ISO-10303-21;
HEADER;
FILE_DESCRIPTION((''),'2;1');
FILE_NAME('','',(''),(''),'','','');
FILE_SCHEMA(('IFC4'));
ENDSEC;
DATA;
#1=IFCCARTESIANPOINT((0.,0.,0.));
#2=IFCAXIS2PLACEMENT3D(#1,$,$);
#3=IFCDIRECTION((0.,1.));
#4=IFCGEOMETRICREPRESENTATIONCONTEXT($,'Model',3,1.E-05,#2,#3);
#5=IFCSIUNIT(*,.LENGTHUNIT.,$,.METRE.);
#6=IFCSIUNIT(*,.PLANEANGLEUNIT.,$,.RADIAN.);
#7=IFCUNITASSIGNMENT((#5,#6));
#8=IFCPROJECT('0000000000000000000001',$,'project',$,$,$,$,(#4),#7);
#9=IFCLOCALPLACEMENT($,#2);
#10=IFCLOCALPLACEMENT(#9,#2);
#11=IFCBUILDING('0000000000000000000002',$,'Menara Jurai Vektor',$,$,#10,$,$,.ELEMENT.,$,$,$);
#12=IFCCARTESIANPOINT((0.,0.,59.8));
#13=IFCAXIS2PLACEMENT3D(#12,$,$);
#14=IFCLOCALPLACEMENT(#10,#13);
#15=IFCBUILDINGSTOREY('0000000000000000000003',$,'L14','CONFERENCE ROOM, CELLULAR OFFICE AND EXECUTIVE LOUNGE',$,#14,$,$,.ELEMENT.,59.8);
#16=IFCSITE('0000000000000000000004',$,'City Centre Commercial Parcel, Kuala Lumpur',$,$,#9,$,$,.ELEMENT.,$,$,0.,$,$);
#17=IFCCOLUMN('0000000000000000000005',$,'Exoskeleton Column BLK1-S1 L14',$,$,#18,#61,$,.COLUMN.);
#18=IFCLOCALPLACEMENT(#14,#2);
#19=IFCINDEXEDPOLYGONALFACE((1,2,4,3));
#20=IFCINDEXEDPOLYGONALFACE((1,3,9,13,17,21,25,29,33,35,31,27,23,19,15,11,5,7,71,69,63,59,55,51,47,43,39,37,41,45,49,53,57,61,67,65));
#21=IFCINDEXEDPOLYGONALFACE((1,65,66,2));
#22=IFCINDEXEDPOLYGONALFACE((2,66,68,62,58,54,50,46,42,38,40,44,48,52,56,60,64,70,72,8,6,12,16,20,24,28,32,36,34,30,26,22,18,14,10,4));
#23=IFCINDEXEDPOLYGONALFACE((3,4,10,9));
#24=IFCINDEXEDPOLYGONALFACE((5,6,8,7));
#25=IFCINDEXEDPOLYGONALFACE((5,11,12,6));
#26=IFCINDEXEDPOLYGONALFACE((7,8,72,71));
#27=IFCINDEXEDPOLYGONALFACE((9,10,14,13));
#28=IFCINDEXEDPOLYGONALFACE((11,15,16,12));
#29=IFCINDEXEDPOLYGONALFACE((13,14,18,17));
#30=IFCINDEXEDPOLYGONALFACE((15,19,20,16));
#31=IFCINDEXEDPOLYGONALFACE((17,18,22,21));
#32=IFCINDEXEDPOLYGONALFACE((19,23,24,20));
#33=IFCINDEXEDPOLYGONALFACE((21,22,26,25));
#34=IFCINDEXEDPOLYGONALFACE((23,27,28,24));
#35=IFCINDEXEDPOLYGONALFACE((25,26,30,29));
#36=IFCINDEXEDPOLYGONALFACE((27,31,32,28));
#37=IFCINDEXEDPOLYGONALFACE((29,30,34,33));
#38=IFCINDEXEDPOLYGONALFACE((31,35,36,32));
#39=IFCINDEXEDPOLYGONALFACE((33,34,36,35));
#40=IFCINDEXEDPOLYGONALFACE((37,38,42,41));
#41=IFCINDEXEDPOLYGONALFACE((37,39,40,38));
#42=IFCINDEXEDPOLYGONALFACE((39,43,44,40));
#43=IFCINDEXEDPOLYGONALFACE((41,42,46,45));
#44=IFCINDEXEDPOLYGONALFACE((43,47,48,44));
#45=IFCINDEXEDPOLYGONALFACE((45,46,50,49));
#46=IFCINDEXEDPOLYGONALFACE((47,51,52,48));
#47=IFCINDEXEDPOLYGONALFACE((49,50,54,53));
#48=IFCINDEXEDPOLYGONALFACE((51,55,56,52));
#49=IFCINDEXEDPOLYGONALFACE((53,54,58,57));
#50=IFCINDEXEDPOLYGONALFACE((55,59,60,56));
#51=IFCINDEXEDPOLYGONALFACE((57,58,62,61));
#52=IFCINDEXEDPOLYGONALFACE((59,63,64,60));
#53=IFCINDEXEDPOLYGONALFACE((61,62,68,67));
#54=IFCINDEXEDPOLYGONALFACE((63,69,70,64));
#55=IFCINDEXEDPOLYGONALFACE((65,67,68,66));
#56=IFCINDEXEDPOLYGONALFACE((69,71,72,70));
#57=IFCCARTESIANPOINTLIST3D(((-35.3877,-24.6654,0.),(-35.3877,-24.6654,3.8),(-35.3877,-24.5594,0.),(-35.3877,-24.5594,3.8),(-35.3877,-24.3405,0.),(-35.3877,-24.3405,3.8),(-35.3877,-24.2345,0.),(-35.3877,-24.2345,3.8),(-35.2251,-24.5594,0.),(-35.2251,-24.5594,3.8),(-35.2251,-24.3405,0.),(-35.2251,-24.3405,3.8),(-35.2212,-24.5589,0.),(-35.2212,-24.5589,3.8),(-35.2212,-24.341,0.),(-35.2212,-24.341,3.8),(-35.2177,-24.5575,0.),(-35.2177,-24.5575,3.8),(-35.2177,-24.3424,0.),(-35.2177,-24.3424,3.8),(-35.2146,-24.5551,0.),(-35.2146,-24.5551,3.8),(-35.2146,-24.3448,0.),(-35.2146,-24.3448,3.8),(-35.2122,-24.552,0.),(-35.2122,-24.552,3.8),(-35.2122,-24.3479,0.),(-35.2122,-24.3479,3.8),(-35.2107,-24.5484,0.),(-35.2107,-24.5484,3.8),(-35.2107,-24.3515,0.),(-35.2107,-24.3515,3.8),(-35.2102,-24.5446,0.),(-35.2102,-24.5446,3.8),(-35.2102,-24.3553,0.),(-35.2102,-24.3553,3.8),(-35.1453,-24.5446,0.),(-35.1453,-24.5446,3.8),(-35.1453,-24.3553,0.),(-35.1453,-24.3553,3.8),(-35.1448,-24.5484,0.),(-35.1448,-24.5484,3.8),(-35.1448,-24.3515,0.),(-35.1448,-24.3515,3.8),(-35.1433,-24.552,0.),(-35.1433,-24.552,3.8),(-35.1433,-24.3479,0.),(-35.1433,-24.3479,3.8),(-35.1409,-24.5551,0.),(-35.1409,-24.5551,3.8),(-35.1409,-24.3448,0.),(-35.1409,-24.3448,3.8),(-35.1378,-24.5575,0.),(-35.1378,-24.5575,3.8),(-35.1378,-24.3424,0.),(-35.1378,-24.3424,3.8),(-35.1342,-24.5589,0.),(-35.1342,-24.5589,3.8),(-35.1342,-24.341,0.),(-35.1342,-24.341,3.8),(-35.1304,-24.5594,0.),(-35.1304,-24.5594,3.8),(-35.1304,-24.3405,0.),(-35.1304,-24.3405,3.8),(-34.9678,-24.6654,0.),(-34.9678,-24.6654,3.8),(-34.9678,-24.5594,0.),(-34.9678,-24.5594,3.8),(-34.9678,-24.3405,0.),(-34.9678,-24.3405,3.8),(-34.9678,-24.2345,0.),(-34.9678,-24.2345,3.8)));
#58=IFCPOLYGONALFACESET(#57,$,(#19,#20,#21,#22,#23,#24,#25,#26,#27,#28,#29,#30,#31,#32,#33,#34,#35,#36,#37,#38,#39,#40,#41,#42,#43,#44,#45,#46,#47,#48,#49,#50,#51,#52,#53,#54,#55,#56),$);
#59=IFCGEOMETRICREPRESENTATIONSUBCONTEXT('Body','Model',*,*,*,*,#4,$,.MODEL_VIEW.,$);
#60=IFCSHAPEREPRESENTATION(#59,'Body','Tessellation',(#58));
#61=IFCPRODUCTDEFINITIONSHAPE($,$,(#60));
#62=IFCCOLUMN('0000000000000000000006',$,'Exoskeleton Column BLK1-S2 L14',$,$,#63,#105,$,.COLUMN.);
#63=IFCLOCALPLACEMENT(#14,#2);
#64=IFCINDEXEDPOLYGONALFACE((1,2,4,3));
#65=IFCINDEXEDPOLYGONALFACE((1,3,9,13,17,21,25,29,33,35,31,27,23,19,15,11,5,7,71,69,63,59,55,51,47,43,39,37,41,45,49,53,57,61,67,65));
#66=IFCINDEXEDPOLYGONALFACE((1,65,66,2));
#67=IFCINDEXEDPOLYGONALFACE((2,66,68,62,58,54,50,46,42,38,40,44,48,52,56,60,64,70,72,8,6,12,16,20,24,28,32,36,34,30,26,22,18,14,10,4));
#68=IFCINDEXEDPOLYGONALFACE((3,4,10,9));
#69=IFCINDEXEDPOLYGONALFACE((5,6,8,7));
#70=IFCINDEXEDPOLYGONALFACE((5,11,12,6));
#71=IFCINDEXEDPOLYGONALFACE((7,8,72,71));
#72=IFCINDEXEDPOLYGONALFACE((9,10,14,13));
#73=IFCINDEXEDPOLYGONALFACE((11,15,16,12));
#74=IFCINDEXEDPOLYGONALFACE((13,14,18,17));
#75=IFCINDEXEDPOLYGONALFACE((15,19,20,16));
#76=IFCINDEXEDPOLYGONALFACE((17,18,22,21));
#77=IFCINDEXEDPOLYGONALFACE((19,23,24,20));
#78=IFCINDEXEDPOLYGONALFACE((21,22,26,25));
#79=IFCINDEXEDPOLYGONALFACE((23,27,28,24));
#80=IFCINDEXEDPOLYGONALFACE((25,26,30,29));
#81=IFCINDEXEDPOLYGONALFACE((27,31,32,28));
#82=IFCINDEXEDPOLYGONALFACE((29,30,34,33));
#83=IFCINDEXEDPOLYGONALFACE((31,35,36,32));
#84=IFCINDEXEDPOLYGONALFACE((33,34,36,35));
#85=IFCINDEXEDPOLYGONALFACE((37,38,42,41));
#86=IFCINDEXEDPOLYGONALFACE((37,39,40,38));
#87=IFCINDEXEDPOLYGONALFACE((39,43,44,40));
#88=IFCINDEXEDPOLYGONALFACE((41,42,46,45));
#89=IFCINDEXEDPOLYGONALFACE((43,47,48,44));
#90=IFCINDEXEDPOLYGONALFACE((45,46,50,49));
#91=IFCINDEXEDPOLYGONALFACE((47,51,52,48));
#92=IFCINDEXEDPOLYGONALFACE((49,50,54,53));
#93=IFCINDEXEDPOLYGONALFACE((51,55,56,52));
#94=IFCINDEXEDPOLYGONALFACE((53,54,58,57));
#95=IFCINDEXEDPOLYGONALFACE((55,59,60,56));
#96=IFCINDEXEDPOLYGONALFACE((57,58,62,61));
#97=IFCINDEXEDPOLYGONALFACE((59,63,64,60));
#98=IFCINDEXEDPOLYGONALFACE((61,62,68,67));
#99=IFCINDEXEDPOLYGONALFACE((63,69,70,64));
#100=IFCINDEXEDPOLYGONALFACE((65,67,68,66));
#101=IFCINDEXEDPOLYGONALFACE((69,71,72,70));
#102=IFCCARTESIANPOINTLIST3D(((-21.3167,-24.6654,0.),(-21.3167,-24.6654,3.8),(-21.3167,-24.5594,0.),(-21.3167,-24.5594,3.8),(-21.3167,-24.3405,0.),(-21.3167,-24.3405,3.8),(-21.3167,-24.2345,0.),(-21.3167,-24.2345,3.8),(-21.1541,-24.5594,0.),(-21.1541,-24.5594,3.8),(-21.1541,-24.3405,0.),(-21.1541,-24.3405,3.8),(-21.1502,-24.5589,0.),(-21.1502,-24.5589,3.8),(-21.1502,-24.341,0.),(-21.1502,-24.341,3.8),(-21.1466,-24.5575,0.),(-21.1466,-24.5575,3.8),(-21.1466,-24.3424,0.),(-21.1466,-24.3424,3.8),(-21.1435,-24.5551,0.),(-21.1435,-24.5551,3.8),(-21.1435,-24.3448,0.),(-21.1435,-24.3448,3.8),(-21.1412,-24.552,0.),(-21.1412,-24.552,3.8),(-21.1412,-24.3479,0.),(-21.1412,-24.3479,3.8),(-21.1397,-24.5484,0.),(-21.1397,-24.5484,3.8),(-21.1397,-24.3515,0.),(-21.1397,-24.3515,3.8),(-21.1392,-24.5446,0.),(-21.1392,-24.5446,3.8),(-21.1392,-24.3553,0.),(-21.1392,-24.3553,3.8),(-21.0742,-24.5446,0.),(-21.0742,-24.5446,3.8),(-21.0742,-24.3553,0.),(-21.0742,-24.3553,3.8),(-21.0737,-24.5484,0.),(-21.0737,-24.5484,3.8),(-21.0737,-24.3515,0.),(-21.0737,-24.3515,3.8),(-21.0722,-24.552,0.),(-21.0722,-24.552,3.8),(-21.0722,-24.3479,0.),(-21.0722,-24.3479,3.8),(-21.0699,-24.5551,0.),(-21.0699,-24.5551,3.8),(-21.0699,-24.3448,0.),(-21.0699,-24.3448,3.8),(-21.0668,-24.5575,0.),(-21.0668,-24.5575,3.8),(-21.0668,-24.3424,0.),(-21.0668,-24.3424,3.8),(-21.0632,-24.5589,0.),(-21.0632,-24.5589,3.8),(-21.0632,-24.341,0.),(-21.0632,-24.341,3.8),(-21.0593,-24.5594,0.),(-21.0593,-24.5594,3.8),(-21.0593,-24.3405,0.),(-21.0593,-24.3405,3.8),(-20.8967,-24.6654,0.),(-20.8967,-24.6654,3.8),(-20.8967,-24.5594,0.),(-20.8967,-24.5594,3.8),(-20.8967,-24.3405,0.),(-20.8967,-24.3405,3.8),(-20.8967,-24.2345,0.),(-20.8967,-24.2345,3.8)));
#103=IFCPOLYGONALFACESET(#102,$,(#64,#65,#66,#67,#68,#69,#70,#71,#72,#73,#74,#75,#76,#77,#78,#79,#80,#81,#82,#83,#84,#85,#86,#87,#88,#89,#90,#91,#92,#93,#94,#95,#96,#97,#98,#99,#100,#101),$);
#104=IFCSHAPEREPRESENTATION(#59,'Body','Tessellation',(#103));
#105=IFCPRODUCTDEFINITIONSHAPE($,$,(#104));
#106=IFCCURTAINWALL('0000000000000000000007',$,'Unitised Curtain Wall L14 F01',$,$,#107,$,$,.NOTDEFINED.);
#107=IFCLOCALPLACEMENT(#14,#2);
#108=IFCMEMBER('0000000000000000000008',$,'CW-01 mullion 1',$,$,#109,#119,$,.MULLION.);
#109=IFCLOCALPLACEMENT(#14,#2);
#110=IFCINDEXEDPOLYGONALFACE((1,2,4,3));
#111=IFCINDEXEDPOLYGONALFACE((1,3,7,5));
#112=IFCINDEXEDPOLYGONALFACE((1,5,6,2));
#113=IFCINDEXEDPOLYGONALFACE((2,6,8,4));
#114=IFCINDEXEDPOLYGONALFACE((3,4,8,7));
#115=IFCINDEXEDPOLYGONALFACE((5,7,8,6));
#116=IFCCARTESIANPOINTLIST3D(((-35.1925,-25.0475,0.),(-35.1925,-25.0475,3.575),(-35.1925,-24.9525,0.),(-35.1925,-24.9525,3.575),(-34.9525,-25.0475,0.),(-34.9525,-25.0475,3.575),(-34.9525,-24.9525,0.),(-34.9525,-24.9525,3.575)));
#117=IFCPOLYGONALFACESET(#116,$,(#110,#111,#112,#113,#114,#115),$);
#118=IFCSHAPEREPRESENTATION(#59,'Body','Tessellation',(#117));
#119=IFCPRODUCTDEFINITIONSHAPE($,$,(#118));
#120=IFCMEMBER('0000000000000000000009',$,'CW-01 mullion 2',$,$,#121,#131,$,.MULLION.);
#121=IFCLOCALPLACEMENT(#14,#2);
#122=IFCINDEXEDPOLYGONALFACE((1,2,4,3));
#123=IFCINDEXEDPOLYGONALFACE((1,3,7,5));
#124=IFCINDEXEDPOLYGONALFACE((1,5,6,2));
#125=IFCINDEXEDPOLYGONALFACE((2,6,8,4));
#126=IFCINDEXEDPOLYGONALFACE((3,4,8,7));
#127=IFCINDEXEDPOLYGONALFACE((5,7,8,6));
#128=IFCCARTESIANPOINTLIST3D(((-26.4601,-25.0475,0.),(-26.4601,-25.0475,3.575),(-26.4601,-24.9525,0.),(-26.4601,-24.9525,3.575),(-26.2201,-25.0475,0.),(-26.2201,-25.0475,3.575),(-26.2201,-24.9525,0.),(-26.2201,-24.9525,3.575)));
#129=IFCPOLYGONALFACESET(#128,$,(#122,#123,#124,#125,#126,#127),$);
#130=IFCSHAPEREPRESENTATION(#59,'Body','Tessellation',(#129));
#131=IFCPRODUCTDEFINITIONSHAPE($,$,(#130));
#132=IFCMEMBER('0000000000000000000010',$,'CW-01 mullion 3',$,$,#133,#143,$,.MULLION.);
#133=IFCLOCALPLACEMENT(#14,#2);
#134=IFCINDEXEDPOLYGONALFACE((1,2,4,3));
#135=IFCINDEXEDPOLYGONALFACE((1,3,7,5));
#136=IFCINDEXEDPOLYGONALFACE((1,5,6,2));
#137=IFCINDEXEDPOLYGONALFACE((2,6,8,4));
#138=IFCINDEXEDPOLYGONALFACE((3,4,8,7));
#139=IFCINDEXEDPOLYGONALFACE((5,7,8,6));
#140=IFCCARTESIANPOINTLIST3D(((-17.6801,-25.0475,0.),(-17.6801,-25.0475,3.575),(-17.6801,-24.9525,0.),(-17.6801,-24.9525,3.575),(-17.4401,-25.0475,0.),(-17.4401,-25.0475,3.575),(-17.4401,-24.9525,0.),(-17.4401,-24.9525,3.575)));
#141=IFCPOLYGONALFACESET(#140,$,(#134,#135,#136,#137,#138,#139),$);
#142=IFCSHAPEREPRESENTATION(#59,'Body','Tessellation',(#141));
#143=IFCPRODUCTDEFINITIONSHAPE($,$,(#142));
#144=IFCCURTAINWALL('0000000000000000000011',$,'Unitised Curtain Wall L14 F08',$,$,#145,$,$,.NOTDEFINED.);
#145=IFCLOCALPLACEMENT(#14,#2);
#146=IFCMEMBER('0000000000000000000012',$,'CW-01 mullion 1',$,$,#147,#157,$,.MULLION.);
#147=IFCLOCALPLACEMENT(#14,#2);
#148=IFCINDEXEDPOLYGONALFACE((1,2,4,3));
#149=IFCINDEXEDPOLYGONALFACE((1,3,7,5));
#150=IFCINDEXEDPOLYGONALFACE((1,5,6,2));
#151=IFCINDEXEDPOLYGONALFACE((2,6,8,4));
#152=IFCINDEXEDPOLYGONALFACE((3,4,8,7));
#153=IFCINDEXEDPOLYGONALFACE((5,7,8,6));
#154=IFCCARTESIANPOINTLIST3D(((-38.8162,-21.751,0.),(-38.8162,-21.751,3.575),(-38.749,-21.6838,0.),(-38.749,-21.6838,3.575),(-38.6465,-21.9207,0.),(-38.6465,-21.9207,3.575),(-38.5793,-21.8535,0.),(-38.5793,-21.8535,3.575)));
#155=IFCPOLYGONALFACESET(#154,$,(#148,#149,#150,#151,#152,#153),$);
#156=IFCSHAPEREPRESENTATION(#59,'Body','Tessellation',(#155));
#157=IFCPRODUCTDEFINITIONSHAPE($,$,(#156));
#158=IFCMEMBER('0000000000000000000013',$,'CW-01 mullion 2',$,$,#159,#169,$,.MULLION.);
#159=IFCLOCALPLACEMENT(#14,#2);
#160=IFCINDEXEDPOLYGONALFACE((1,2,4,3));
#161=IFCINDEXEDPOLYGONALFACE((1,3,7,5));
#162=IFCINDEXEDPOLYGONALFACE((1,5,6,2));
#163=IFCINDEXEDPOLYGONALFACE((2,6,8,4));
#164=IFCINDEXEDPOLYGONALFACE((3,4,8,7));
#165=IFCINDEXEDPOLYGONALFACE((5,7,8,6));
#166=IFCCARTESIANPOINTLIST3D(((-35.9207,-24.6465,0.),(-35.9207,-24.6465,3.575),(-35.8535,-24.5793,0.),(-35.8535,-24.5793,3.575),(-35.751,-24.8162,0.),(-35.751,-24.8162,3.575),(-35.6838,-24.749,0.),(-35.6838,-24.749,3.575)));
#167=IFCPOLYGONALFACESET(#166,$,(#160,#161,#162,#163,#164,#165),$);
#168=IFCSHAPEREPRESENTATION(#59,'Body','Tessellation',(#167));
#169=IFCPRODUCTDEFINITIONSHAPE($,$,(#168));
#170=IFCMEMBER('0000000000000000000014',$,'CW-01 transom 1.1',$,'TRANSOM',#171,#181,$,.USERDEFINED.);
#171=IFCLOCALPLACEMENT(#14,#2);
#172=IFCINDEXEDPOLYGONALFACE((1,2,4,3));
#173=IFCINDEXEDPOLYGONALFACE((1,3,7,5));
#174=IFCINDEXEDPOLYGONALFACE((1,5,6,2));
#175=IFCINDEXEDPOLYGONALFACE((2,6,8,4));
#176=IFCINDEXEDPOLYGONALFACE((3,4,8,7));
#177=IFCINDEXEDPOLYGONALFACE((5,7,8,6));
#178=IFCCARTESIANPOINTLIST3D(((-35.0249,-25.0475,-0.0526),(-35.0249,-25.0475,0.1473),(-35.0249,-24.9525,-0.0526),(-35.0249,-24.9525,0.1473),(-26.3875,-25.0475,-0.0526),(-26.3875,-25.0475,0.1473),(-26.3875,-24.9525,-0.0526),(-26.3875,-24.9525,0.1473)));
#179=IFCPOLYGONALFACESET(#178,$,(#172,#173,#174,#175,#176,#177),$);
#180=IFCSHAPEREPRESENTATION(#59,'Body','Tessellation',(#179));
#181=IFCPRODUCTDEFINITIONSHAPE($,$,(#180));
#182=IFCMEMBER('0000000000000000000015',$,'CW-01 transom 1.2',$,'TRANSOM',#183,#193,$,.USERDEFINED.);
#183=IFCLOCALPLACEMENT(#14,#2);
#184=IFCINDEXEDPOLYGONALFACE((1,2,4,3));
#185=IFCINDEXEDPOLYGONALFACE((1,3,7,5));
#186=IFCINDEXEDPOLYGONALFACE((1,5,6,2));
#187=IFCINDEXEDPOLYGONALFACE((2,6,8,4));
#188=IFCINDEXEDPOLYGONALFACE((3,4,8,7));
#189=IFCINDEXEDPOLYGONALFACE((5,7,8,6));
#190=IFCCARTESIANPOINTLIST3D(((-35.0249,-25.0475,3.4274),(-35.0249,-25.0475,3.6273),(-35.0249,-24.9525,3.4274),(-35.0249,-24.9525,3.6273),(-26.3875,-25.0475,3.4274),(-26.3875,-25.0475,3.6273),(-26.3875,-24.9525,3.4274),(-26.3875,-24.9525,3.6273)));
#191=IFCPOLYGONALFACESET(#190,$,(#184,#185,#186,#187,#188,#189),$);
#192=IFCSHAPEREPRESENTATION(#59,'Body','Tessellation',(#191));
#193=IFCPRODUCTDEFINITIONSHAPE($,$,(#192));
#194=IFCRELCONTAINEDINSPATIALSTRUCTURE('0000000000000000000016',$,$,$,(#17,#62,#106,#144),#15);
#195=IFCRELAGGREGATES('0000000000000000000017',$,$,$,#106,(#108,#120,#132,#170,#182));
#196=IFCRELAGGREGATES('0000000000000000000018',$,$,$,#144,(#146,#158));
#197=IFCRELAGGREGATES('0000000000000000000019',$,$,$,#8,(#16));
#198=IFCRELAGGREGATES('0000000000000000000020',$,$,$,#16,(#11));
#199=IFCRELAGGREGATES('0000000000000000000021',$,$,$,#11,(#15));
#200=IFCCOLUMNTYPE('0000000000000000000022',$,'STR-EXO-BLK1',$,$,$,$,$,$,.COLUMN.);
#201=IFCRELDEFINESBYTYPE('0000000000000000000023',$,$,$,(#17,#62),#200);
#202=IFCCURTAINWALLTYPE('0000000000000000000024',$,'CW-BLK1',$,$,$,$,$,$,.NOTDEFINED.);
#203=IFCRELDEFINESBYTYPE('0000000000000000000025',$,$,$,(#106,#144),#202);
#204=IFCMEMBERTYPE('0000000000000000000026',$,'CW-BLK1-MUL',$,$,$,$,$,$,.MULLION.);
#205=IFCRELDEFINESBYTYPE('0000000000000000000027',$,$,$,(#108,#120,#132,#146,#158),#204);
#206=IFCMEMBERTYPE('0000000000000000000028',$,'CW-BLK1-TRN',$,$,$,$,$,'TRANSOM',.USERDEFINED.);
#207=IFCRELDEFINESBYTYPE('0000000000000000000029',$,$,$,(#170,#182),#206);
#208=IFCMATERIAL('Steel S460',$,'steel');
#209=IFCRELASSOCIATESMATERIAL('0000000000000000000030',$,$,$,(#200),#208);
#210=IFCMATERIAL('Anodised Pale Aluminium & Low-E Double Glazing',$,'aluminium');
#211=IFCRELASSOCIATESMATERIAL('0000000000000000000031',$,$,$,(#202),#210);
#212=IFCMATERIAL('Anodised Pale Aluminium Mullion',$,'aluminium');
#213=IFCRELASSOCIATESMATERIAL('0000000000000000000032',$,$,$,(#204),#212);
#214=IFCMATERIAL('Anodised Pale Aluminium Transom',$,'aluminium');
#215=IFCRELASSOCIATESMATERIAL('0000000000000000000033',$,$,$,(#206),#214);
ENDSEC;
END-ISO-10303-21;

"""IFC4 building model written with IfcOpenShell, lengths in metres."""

from ifc_helpers import new_model, si_unit, direction, frame, origin, origin_2d, place, context, subcontext, project, spatial, rectangle, i_section, extrude, material, material_profile, profile_set, type_object, element, aggregate, save


model = new_model("IFC4")

# Units and contexts
model_context = context("Model", 3, precision=1e-05, world=origin(), true_north=direction((0.0, 1.0)))
body_context = subcontext(model_context, "Body", "Model", "MODEL_VIEW")
ifc_project = project(units=[si_unit("LENGTHUNIT", "METRE"), si_unit("PLANEANGLEUNIT", "RADIAN")], contexts=[model_context])

# Site, building, storey
site_placement = place(None, origin())
site = spatial("IfcSite", under=ifc_project, at=site_placement, Name="City Centre Commercial Parcel, Kuala Lumpur", CompositionType="ELEMENT", RefElevation=0.0)
building_placement = place(site_placement, origin())
building = spatial("IfcBuilding", under=site, at=building_placement, Name="Menara Jurai Vektor", CompositionType="ELEMENT")
storey_placement = place(building_placement, frame((0.0, 0.0, 59.8)))
storey = spatial("IfcBuildingStorey", under=building, at=storey_placement, Name="L14", Description="CONFERENCE ROOM, CELLULAR OFFICE AND EXECUTIVE LOUNGE", CompositionType="ELEMENT", Elevation=59.8)

# Columns
ifc_material_1 = material(Name="Steel S460", Category="steel")
ifc_material_profile_1 = material_profile(ifc_material_1, i_section(OverallWidth=0.4199, OverallDepth=0.4309, WebThickness=0.0649, FlangeThickness=0.106, FilletRadius=0.0149, at=origin_2d()), Name="HD 400x900")
ifc_profile_set_1 = profile_set([ifc_material_profile_1], Name="Steel S460")
column_type = type_object("IfcColumnType", Name="STR-EXO-BLK1", PredefinedType="COLUMN", material=ifc_profile_set_1)
for number, where, z_axis, x_axis, name in (
    (1, (-35.1777, -24.45, 0.0), (0.0, 0.0, 1.0), (1.0, 0.0, 0.0), "Exoskeleton Column BLK1-S1 L14"),
    (2, (-21.1067, -24.45, 0.0), (0.0, 0.0, 1.0), (1.0, 0.0, 0.0), "Exoskeleton Column BLK1-S2 L14"),
):
    element("IfcColumn", number, at=place(storey_placement, frame(where, z_axis=z_axis, x_axis=x_axis)), inside=storey, type_object=column_type, Name=name, PredefinedType="COLUMN", context=body_context, shape_type="SweptSolid", body=[
        extrude(i_section(OverallWidth=0.4199, OverallDepth=0.4309, WebThickness=0.0649, FlangeThickness=0.106, FilletRadius=0.0149, at=origin_2d()), origin(), (0.0, 0.0, 1.0), 3.8),
    ])

# Curtain walls, members
ifc_material_2 = material(Name="Anodised Pale Aluminium & Low-E Double Glazing", Category="aluminium")
curtain_wall_type = type_object("IfcCurtainWallType", Name="CW-BLK1", PredefinedType="NOTDEFINED", material=ifc_material_2)
curtain_wall_1_placement = place(storey_placement, origin())
curtain_wall_1 = element("IfcCurtainWall", 3, at=curtain_wall_1_placement, inside=storey, type_object=curtain_wall_type, Name="Unitised Curtain Wall L14 F01", PredefinedType="NOTDEFINED")
ifc_material_3 = material(Name="Anodised Pale Aluminium Mullion", Category="aluminium")
ifc_material_profile_2 = material_profile(ifc_material_3, rectangle(XDim=0.095, YDim=0.24, at=origin_2d()), Name="ALU MUL 95x240")
ifc_profile_set_2 = profile_set([ifc_material_profile_2], Name="Anodised Pale Aluminium Mullion")
member_type_1 = type_object("IfcMemberType", Name="CW-BLK1-MUL", PredefinedType="MULLION", material=ifc_profile_set_2)
member_1_placement = place(storey_placement, frame((-35.0725, -25.0, 0.0), z_axis=(0.0, 0.0, 1.0), x_axis=(0.0, 1.0, 0.0)))
member_1 = element("IfcMember", 4, at=member_1_placement, type_object=member_type_1, Name="CW-01 mullion 1", PredefinedType="MULLION", context=body_context, shape_type="SweptSolid", body=[
    extrude(rectangle(XDim=0.095, YDim=0.24, at=origin_2d()), origin(), (0.0, 0.0, 1.0), 3.575),
])
member_2_placement = place(storey_placement, frame((-26.3401, -25.0, 0.0), z_axis=(0.0, 0.0, 1.0), x_axis=(0.0, 1.0, 0.0)))
member_2 = element("IfcMember", 5, at=member_2_placement, type_object=member_type_1, Name="CW-01 mullion 2", PredefinedType="MULLION", context=body_context, shape_type="SweptSolid", body=[
    extrude(rectangle(XDim=0.095, YDim=0.24, at=origin_2d()), origin(), (0.0, 0.0, 1.0), 3.575),
])
member_3_placement = place(storey_placement, frame((-17.5601, -25.0, 0.0), z_axis=(0.0, 0.0, 1.0), x_axis=(0.0, 1.0, 0.0)))
member_3 = element("IfcMember", 6, at=member_3_placement, type_object=member_type_1, Name="CW-01 mullion 3", PredefinedType="MULLION", context=body_context, shape_type="SweptSolid", body=[
    extrude(rectangle(XDim=0.095, YDim=0.24, at=origin_2d()), origin(), (0.0, 0.0, 1.0), 3.575),
])
curtain_wall_2_placement = place(storey_placement, origin())
curtain_wall_2 = element("IfcCurtainWall", 7, at=curtain_wall_2_placement, inside=storey, type_object=curtain_wall_type, Name="Unitised Curtain Wall L14 F08", PredefinedType="NOTDEFINED")
member_4_placement = place(storey_placement, frame((-38.6978, -21.8022, 0.0), z_axis=(0.0, 0.0, 1.0), x_axis=(0.707107, 0.707107, 0.0)))
member_4 = element("IfcMember", 8, at=member_4_placement, type_object=member_type_1, Name="CW-01 mullion 1", PredefinedType="MULLION", context=body_context, shape_type="SweptSolid", body=[
    extrude(rectangle(XDim=0.095, YDim=0.24, at=origin_2d()), origin(), (0.0, 0.0, 1.0), 3.575),
])
member_5_placement = place(storey_placement, frame((-35.8022, -24.6978, 0.0), z_axis=(0.0, 0.0, 1.0), x_axis=(0.707107, 0.707107, 0.0)))
member_5 = element("IfcMember", 9, at=member_5_placement, type_object=member_type_1, Name="CW-01 mullion 2", PredefinedType="MULLION", context=body_context, shape_type="SweptSolid", body=[
    extrude(rectangle(XDim=0.095, YDim=0.24, at=origin_2d()), origin(), (0.0, 0.0, 1.0), 3.575),
])

# Members
ifc_material_4 = material(Name="Anodised Pale Aluminium Transom", Category="aluminium")
ifc_material_profile_3 = material_profile(ifc_material_4, rectangle(XDim=0.095, YDim=0.2, at=origin_2d()), Name="ALU TRN 95x200")
ifc_profile_set_3 = profile_set([ifc_material_profile_3], Name="Anodised Pale Aluminium Transom")
member_type_2 = type_object("IfcMemberType", Name="CW-BLK1-TRN", ElementType="TRANSOM", PredefinedType="USERDEFINED", material=ifc_profile_set_3)
member_6_placement = place(storey_placement, frame((-35.0249, -25.0, 0.0474), z_axis=(1.0, 0.0, 0.0), x_axis=(0.0, 1.0, 0.0)))
member_6 = element("IfcMember", 10, at=member_6_placement, type_object=member_type_2, Name="CW-01 transom 1.1", ObjectType="TRANSOM", PredefinedType="USERDEFINED", context=body_context, shape_type="SweptSolid", body=[
    extrude(rectangle(XDim=0.095, YDim=0.2, at=origin_2d()), origin(), (0.0, 0.0, 1.0), 8.6375),
])
member_7_placement = place(storey_placement, frame((-35.0249, -25.0, 3.5273), z_axis=(1.0, 0.0, 0.0), x_axis=(0.0, 1.0, 0.0)))
member_7 = element("IfcMember", 11, at=member_7_placement, type_object=member_type_2, Name="CW-01 transom 1.2", ObjectType="TRANSOM", PredefinedType="USERDEFINED", context=body_context, shape_type="SweptSolid", body=[
    extrude(rectangle(XDim=0.095, YDim=0.2, at=origin_2d()), origin(), (0.0, 0.0, 1.0), 8.6375),
])

aggregate(curtain_wall_1, [member_1, member_2, member_3, member_6, member_7])
aggregate(curtain_wall_2, [member_4, member_5])

save(model, "model.ifc")
